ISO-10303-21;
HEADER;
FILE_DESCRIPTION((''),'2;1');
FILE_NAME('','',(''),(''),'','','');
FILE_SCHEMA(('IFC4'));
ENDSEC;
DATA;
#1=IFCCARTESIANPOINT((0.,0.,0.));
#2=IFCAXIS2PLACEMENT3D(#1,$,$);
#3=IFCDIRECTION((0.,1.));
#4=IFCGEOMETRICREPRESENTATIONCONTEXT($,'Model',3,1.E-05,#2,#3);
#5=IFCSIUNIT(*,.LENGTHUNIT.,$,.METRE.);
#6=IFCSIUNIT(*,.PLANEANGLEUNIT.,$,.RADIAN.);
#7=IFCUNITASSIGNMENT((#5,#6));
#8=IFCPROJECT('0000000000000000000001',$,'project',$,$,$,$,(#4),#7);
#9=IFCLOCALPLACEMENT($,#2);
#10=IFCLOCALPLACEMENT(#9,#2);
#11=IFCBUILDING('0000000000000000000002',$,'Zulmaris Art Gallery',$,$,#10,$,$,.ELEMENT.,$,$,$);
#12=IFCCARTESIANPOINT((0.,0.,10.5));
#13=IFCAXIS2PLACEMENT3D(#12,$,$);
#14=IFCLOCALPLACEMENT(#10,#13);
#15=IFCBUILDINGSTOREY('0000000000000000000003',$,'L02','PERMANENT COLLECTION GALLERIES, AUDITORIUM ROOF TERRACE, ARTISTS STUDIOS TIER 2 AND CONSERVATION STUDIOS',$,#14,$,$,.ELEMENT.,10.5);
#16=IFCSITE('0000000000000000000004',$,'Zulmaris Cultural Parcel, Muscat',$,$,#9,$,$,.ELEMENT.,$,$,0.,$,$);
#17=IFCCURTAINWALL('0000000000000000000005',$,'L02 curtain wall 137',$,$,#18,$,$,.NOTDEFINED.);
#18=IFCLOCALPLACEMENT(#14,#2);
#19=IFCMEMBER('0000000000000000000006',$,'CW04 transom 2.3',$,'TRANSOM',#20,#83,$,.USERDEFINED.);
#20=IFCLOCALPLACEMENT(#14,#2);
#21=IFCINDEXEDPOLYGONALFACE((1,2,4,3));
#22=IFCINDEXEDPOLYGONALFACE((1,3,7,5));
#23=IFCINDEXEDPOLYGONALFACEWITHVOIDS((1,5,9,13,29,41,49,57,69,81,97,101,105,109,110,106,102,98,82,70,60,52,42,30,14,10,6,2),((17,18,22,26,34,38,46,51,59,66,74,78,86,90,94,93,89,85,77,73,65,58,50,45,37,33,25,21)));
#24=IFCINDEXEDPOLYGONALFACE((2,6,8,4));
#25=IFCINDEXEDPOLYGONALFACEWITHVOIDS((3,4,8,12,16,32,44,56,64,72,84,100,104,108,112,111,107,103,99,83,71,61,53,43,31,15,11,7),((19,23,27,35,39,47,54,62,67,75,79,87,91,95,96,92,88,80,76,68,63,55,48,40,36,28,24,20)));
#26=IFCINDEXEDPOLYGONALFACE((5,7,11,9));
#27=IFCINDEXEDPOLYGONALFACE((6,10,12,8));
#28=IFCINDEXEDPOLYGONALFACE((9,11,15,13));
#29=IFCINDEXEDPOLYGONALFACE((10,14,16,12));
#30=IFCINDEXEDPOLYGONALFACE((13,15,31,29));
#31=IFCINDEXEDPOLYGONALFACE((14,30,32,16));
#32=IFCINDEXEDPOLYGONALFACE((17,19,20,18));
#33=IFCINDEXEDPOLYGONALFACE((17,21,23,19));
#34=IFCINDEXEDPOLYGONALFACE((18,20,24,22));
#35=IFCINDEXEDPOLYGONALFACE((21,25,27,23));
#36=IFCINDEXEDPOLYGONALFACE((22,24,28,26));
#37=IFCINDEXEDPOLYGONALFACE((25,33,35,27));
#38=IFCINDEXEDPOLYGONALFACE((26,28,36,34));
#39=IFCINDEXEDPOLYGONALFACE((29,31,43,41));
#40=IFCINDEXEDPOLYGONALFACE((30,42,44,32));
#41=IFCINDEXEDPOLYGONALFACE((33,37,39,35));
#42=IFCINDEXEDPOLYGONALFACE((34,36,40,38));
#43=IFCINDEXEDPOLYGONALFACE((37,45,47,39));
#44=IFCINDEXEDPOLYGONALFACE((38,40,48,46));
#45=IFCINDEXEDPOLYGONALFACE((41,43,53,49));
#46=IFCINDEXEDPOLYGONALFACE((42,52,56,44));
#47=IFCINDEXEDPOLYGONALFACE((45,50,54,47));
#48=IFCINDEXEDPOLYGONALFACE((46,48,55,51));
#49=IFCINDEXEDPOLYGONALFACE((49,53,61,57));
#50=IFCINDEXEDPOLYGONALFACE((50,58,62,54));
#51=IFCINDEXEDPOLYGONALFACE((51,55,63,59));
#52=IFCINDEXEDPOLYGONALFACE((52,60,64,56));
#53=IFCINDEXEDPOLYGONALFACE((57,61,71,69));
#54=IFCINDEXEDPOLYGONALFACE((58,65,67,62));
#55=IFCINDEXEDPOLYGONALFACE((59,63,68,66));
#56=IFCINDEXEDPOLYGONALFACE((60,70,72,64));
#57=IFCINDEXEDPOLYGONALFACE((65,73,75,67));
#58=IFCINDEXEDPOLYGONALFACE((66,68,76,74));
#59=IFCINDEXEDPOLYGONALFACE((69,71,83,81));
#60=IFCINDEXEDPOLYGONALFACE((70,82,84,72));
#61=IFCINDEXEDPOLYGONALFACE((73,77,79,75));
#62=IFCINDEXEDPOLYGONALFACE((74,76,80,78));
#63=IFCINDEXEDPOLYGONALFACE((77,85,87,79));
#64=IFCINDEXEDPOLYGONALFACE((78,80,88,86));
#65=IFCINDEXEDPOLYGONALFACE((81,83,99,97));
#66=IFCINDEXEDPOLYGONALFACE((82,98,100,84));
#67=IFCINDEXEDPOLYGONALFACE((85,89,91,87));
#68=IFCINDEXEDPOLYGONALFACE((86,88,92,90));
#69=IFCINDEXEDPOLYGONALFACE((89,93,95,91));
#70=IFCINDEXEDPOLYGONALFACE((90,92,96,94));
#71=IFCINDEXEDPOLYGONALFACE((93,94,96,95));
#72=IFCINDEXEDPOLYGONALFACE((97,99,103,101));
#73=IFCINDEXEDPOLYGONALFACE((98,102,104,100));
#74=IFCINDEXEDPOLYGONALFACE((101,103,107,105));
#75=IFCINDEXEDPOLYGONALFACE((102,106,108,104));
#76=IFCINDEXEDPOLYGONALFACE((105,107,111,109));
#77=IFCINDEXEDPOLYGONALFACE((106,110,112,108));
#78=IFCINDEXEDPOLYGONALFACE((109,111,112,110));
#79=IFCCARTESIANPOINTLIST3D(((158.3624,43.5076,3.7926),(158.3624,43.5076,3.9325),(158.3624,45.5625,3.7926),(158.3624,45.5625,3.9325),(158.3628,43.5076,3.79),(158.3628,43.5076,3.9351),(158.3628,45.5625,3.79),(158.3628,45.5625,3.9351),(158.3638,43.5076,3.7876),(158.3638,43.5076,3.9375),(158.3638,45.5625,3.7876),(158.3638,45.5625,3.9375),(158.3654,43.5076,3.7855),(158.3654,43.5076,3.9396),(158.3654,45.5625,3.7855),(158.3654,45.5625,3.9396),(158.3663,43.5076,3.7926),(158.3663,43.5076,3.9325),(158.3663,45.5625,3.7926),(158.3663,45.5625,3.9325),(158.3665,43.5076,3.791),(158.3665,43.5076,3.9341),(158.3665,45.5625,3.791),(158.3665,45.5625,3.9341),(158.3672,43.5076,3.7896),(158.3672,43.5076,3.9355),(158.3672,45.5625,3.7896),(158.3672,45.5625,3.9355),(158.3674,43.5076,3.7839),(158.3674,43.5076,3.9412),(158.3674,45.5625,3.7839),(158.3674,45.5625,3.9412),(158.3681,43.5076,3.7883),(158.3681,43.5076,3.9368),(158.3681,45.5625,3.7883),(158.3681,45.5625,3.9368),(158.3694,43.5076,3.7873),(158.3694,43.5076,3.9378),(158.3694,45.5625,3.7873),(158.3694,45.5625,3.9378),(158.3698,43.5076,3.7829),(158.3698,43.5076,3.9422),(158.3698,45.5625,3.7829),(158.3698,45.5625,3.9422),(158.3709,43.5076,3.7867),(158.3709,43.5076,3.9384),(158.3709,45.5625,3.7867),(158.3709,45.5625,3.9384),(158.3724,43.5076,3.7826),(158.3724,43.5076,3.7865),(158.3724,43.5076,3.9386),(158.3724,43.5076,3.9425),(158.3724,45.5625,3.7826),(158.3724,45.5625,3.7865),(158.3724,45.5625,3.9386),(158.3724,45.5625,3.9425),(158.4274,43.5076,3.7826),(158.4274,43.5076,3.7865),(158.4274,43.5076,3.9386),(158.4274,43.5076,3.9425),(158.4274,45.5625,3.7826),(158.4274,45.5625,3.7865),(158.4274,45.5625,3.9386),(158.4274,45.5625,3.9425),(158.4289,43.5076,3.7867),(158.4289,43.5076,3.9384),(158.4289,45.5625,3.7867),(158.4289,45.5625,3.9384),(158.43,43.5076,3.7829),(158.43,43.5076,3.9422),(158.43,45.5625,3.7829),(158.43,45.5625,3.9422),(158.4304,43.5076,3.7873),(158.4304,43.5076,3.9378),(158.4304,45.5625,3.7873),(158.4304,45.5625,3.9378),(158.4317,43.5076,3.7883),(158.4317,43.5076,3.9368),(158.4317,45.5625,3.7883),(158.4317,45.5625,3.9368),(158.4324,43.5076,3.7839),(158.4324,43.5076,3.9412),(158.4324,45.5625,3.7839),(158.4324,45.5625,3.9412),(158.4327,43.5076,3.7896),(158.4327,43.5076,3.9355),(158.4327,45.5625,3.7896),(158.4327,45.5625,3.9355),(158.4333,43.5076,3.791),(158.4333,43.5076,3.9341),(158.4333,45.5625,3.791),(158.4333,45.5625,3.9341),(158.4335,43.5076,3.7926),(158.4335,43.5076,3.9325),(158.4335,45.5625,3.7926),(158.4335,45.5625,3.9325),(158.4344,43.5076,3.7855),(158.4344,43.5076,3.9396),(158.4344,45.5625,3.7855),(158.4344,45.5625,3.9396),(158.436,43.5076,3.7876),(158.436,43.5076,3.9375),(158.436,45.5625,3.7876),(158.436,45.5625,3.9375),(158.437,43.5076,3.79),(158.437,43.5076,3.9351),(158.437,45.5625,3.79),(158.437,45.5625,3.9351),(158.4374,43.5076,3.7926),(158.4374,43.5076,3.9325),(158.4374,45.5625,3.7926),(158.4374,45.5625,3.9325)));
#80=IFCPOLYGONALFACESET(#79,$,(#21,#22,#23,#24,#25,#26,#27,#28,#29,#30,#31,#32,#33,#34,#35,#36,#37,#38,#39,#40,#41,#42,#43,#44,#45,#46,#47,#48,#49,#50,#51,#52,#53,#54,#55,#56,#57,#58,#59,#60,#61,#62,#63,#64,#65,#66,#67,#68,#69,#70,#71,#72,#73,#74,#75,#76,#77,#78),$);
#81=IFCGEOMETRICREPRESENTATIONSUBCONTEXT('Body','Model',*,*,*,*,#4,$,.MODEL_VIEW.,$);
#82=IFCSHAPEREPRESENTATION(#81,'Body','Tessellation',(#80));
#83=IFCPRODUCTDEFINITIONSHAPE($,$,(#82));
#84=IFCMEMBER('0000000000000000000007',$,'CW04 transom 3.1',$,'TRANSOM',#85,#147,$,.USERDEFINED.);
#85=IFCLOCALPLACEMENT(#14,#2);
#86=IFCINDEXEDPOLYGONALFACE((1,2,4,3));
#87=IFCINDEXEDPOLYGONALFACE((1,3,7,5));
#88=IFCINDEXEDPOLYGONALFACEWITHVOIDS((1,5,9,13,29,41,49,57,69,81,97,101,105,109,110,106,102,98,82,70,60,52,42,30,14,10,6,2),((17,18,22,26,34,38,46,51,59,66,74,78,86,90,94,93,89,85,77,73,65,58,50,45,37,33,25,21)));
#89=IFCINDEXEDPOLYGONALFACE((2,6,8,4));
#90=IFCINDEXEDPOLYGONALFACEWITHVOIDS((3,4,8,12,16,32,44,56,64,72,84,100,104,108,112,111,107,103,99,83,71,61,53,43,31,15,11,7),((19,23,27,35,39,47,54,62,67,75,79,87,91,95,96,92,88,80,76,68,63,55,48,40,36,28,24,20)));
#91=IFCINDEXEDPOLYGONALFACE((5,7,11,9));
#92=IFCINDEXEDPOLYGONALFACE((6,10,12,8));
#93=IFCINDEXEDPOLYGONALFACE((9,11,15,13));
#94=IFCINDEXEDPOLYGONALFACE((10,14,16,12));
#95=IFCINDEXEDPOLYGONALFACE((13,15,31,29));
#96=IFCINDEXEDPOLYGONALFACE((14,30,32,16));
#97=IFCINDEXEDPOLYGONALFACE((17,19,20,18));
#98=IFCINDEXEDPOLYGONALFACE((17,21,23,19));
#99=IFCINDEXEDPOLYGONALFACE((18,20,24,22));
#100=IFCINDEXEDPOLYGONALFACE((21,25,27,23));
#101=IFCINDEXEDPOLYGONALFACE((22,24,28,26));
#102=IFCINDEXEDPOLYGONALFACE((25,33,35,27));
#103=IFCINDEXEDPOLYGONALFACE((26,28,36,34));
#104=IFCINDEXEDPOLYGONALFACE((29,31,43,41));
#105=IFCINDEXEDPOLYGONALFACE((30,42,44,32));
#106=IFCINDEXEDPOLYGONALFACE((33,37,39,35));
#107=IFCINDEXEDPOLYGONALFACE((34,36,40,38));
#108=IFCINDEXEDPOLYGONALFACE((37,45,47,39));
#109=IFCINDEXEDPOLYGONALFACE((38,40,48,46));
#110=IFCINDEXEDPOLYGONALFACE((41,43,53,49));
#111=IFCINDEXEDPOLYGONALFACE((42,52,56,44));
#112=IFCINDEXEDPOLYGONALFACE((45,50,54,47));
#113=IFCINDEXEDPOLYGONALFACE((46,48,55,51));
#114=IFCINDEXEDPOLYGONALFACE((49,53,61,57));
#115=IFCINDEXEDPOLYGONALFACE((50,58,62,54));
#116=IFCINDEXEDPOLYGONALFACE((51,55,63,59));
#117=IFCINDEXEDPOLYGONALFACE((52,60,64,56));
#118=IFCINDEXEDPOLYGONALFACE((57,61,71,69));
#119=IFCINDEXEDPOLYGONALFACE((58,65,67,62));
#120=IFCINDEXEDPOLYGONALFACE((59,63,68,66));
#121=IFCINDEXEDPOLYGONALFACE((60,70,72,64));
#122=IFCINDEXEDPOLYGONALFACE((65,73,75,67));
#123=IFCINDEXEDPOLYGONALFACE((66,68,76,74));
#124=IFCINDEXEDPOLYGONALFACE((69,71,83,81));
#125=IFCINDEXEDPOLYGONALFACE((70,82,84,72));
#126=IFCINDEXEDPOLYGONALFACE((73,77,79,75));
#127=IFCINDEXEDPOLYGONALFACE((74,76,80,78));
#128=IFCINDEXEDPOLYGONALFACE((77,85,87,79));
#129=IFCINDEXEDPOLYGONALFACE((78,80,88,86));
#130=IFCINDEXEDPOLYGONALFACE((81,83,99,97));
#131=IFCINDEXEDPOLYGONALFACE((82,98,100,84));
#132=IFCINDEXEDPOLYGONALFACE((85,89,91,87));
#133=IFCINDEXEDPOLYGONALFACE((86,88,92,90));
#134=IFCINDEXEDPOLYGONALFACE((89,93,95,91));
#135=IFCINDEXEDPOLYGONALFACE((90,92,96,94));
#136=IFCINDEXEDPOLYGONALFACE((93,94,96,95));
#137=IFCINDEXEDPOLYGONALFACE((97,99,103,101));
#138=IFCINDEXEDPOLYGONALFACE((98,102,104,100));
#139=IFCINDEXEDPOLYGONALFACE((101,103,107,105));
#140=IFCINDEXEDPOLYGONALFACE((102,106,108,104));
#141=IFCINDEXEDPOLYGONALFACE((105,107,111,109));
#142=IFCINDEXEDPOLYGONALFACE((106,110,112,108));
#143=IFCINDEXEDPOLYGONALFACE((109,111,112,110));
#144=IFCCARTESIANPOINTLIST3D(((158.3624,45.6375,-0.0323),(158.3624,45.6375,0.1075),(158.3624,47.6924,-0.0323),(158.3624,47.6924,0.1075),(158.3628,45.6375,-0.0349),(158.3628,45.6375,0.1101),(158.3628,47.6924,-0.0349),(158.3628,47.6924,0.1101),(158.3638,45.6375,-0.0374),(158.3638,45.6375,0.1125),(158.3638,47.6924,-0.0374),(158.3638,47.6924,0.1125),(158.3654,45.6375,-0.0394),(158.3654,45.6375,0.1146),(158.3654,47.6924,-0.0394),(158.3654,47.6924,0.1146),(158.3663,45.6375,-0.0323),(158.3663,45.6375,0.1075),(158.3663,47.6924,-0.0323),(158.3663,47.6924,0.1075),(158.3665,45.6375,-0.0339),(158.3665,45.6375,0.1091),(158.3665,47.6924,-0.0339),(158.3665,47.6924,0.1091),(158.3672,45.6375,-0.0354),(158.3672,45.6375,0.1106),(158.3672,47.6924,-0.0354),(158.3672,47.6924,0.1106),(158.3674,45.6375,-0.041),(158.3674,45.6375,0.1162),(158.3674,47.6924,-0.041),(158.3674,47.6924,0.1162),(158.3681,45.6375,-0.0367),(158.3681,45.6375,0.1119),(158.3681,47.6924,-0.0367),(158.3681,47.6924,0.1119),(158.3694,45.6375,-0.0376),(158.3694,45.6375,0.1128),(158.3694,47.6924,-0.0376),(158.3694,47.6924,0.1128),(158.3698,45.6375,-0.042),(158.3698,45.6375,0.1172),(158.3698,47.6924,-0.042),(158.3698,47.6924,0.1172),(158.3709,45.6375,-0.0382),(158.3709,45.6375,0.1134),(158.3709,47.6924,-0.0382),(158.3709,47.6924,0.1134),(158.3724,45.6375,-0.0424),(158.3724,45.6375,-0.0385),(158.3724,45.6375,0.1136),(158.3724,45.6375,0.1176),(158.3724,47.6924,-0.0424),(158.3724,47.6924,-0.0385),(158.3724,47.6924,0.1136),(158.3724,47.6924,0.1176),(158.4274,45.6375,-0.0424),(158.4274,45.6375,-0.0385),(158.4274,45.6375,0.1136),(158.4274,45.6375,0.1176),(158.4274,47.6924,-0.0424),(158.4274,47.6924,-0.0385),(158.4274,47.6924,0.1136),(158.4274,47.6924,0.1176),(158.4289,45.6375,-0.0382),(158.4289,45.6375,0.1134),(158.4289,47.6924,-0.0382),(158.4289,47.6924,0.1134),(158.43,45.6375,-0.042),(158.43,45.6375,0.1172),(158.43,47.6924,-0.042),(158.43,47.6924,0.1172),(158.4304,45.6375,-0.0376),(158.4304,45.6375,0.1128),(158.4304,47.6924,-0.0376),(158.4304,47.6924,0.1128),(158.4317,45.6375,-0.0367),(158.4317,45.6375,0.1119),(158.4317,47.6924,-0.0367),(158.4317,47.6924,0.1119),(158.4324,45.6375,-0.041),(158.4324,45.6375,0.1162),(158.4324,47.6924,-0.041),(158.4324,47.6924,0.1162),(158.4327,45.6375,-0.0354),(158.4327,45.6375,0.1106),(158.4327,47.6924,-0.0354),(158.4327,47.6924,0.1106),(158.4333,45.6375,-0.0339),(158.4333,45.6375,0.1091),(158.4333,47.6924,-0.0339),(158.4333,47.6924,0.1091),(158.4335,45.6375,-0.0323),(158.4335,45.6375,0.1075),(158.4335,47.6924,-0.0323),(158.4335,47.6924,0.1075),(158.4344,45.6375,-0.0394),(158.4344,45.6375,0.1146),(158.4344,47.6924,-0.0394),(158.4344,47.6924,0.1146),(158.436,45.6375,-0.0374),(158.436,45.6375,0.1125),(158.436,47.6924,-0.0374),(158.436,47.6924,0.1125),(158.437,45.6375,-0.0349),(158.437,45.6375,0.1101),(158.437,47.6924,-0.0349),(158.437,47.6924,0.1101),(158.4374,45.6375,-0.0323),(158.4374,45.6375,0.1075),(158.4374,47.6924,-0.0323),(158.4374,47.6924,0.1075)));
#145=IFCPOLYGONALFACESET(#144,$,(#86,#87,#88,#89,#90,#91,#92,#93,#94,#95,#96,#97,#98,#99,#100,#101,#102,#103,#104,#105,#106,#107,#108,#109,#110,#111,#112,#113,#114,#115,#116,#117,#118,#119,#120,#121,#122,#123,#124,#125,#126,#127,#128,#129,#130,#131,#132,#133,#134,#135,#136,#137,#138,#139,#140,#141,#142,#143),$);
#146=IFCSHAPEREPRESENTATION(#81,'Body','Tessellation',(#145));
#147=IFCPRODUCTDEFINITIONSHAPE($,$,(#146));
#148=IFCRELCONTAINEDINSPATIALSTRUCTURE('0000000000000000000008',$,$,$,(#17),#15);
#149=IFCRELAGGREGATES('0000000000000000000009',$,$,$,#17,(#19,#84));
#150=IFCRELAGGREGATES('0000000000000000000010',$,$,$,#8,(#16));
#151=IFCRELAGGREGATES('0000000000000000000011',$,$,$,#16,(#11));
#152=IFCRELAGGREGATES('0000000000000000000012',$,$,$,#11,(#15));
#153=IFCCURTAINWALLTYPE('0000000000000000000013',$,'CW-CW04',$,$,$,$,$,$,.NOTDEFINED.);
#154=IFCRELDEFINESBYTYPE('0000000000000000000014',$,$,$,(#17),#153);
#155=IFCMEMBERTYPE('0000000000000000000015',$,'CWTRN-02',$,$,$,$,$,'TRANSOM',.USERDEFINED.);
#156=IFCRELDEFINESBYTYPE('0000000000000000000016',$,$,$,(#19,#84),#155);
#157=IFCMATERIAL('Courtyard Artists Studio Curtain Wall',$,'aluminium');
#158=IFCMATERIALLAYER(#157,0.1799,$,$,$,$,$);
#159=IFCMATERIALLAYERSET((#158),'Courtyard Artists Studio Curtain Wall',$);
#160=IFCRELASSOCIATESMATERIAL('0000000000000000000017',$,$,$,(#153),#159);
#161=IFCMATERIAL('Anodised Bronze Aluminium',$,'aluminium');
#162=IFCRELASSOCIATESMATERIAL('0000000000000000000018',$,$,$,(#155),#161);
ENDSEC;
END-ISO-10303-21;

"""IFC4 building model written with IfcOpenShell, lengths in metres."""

from ifc_helpers import new_model, si_unit, direction, frame, origin, origin_2d, place, context, subcontext, project, spatial, hollow_rectangle, extrude, material, layer, layer_set, material_profile, profile_set, type_object, element, aggregate, save


model = new_model("IFC4")

# Units and contexts
model_context = context("Model", 3, precision=1e-05, world=origin(), true_north=direction((0.0, 1.0)))
body_context = subcontext(model_context, "Body", "Model", "MODEL_VIEW")
ifc_project = project(units=[si_unit("LENGTHUNIT", "METRE"), si_unit("PLANEANGLEUNIT", "RADIAN")], contexts=[model_context])

# Site, building, storey
site_placement = place(None, origin())
site = spatial("IfcSite", under=ifc_project, at=site_placement, Name="Zulmaris Cultural Parcel, Muscat", CompositionType="ELEMENT", RefElevation=0.0)
building_placement = place(site_placement, origin())
building = spatial("IfcBuilding", under=site, at=building_placement, Name="Zulmaris Art Gallery", CompositionType="ELEMENT")
storey_placement = place(building_placement, frame((0.0, 0.0, 10.5)))
storey = spatial("IfcBuildingStorey", under=building, at=storey_placement, Name="L02", Description="PERMANENT COLLECTION GALLERIES, AUDITORIUM ROOF TERRACE, ARTISTS STUDIOS TIER 2 AND CONSERVATION STUDIOS", CompositionType="ELEMENT", Elevation=10.5)

# Curtain wall
ifc_material_1 = material(Name="Courtyard Artists Studio Curtain Wall", Category="aluminium")
ifc_layer_1 = layer(ifc_material_1, 0.1799)
ifc_layer_set_1 = layer_set([ifc_layer_1], Name="Courtyard Artists Studio Curtain Wall")
curtain_wall_type = type_object("IfcCurtainWallType", Name="CW-CW04", PredefinedType="NOTDEFINED", material=ifc_layer_set_1)
curtain_wall_1_placement = place(storey_placement, origin())
curtain_wall_1 = element("IfcCurtainWall", 1, at=curtain_wall_1_placement, inside=storey, type_object=curtain_wall_type, Name="L02 curtain wall 137", PredefinedType="NOTDEFINED")
ifc_material_2 = material(Name="Anodised Bronze Aluminium", Category="aluminium")
ifc_material_profile_1 = material_profile(ifc_material_2, hollow_rectangle(XDim=0.075, YDim=0.1599, WallThickness=0.0039, InnerFilletRadius=0.0061, OuterFilletRadius=0.01, at=origin_2d()), Name="ALU 75x160x4")
ifc_profile_set_1 = profile_set([ifc_material_profile_1], Name="Anodised Bronze Aluminium")
member_type_1 = type_object("IfcMemberType", Name="CWTRN-02", ElementType="TRANSOM", PredefinedType="USERDEFINED", material=ifc_profile_set_1)

# Members
member_1_placement = place(storey_placement, frame((158.3999, 43.5076, 3.8625), z_axis=(0.0, 1.0, 0.0), x_axis=(-1.0, 0.0, 0.0)))
member_1 = element("IfcMember", 2, at=member_1_placement, type_object=member_type_1, Name="CW04 transom 2.3", ObjectType="TRANSOM", PredefinedType="USERDEFINED", context=body_context, shape_type="SweptSolid", body=[
    extrude(hollow_rectangle(XDim=0.075, YDim=0.1599, WallThickness=0.0039, InnerFilletRadius=0.0061, OuterFilletRadius=0.01, at=origin_2d()), origin(), (0.0, 0.0, 1.0), 2.0549),
])
member_2_placement = place(storey_placement, frame((158.3999, 45.6375, 0.0376), z_axis=(0.0, 1.0, 0.0), x_axis=(-1.0, 0.0, 0.0)))
member_2 = element("IfcMember", 3, at=member_2_placement, type_object=member_type_1, Name="CW04 transom 3.1", ObjectType="TRANSOM", PredefinedType="USERDEFINED", context=body_context, shape_type="SweptSolid", body=[
    extrude(hollow_rectangle(XDim=0.075, YDim=0.1599, WallThickness=0.0039, InnerFilletRadius=0.0061, OuterFilletRadius=0.01, at=origin_2d()), origin(), (0.0, 0.0, 1.0), 2.0549),
])

aggregate(curtain_wall_1, [member_1, member_2])

save(model, "model.ifc")
